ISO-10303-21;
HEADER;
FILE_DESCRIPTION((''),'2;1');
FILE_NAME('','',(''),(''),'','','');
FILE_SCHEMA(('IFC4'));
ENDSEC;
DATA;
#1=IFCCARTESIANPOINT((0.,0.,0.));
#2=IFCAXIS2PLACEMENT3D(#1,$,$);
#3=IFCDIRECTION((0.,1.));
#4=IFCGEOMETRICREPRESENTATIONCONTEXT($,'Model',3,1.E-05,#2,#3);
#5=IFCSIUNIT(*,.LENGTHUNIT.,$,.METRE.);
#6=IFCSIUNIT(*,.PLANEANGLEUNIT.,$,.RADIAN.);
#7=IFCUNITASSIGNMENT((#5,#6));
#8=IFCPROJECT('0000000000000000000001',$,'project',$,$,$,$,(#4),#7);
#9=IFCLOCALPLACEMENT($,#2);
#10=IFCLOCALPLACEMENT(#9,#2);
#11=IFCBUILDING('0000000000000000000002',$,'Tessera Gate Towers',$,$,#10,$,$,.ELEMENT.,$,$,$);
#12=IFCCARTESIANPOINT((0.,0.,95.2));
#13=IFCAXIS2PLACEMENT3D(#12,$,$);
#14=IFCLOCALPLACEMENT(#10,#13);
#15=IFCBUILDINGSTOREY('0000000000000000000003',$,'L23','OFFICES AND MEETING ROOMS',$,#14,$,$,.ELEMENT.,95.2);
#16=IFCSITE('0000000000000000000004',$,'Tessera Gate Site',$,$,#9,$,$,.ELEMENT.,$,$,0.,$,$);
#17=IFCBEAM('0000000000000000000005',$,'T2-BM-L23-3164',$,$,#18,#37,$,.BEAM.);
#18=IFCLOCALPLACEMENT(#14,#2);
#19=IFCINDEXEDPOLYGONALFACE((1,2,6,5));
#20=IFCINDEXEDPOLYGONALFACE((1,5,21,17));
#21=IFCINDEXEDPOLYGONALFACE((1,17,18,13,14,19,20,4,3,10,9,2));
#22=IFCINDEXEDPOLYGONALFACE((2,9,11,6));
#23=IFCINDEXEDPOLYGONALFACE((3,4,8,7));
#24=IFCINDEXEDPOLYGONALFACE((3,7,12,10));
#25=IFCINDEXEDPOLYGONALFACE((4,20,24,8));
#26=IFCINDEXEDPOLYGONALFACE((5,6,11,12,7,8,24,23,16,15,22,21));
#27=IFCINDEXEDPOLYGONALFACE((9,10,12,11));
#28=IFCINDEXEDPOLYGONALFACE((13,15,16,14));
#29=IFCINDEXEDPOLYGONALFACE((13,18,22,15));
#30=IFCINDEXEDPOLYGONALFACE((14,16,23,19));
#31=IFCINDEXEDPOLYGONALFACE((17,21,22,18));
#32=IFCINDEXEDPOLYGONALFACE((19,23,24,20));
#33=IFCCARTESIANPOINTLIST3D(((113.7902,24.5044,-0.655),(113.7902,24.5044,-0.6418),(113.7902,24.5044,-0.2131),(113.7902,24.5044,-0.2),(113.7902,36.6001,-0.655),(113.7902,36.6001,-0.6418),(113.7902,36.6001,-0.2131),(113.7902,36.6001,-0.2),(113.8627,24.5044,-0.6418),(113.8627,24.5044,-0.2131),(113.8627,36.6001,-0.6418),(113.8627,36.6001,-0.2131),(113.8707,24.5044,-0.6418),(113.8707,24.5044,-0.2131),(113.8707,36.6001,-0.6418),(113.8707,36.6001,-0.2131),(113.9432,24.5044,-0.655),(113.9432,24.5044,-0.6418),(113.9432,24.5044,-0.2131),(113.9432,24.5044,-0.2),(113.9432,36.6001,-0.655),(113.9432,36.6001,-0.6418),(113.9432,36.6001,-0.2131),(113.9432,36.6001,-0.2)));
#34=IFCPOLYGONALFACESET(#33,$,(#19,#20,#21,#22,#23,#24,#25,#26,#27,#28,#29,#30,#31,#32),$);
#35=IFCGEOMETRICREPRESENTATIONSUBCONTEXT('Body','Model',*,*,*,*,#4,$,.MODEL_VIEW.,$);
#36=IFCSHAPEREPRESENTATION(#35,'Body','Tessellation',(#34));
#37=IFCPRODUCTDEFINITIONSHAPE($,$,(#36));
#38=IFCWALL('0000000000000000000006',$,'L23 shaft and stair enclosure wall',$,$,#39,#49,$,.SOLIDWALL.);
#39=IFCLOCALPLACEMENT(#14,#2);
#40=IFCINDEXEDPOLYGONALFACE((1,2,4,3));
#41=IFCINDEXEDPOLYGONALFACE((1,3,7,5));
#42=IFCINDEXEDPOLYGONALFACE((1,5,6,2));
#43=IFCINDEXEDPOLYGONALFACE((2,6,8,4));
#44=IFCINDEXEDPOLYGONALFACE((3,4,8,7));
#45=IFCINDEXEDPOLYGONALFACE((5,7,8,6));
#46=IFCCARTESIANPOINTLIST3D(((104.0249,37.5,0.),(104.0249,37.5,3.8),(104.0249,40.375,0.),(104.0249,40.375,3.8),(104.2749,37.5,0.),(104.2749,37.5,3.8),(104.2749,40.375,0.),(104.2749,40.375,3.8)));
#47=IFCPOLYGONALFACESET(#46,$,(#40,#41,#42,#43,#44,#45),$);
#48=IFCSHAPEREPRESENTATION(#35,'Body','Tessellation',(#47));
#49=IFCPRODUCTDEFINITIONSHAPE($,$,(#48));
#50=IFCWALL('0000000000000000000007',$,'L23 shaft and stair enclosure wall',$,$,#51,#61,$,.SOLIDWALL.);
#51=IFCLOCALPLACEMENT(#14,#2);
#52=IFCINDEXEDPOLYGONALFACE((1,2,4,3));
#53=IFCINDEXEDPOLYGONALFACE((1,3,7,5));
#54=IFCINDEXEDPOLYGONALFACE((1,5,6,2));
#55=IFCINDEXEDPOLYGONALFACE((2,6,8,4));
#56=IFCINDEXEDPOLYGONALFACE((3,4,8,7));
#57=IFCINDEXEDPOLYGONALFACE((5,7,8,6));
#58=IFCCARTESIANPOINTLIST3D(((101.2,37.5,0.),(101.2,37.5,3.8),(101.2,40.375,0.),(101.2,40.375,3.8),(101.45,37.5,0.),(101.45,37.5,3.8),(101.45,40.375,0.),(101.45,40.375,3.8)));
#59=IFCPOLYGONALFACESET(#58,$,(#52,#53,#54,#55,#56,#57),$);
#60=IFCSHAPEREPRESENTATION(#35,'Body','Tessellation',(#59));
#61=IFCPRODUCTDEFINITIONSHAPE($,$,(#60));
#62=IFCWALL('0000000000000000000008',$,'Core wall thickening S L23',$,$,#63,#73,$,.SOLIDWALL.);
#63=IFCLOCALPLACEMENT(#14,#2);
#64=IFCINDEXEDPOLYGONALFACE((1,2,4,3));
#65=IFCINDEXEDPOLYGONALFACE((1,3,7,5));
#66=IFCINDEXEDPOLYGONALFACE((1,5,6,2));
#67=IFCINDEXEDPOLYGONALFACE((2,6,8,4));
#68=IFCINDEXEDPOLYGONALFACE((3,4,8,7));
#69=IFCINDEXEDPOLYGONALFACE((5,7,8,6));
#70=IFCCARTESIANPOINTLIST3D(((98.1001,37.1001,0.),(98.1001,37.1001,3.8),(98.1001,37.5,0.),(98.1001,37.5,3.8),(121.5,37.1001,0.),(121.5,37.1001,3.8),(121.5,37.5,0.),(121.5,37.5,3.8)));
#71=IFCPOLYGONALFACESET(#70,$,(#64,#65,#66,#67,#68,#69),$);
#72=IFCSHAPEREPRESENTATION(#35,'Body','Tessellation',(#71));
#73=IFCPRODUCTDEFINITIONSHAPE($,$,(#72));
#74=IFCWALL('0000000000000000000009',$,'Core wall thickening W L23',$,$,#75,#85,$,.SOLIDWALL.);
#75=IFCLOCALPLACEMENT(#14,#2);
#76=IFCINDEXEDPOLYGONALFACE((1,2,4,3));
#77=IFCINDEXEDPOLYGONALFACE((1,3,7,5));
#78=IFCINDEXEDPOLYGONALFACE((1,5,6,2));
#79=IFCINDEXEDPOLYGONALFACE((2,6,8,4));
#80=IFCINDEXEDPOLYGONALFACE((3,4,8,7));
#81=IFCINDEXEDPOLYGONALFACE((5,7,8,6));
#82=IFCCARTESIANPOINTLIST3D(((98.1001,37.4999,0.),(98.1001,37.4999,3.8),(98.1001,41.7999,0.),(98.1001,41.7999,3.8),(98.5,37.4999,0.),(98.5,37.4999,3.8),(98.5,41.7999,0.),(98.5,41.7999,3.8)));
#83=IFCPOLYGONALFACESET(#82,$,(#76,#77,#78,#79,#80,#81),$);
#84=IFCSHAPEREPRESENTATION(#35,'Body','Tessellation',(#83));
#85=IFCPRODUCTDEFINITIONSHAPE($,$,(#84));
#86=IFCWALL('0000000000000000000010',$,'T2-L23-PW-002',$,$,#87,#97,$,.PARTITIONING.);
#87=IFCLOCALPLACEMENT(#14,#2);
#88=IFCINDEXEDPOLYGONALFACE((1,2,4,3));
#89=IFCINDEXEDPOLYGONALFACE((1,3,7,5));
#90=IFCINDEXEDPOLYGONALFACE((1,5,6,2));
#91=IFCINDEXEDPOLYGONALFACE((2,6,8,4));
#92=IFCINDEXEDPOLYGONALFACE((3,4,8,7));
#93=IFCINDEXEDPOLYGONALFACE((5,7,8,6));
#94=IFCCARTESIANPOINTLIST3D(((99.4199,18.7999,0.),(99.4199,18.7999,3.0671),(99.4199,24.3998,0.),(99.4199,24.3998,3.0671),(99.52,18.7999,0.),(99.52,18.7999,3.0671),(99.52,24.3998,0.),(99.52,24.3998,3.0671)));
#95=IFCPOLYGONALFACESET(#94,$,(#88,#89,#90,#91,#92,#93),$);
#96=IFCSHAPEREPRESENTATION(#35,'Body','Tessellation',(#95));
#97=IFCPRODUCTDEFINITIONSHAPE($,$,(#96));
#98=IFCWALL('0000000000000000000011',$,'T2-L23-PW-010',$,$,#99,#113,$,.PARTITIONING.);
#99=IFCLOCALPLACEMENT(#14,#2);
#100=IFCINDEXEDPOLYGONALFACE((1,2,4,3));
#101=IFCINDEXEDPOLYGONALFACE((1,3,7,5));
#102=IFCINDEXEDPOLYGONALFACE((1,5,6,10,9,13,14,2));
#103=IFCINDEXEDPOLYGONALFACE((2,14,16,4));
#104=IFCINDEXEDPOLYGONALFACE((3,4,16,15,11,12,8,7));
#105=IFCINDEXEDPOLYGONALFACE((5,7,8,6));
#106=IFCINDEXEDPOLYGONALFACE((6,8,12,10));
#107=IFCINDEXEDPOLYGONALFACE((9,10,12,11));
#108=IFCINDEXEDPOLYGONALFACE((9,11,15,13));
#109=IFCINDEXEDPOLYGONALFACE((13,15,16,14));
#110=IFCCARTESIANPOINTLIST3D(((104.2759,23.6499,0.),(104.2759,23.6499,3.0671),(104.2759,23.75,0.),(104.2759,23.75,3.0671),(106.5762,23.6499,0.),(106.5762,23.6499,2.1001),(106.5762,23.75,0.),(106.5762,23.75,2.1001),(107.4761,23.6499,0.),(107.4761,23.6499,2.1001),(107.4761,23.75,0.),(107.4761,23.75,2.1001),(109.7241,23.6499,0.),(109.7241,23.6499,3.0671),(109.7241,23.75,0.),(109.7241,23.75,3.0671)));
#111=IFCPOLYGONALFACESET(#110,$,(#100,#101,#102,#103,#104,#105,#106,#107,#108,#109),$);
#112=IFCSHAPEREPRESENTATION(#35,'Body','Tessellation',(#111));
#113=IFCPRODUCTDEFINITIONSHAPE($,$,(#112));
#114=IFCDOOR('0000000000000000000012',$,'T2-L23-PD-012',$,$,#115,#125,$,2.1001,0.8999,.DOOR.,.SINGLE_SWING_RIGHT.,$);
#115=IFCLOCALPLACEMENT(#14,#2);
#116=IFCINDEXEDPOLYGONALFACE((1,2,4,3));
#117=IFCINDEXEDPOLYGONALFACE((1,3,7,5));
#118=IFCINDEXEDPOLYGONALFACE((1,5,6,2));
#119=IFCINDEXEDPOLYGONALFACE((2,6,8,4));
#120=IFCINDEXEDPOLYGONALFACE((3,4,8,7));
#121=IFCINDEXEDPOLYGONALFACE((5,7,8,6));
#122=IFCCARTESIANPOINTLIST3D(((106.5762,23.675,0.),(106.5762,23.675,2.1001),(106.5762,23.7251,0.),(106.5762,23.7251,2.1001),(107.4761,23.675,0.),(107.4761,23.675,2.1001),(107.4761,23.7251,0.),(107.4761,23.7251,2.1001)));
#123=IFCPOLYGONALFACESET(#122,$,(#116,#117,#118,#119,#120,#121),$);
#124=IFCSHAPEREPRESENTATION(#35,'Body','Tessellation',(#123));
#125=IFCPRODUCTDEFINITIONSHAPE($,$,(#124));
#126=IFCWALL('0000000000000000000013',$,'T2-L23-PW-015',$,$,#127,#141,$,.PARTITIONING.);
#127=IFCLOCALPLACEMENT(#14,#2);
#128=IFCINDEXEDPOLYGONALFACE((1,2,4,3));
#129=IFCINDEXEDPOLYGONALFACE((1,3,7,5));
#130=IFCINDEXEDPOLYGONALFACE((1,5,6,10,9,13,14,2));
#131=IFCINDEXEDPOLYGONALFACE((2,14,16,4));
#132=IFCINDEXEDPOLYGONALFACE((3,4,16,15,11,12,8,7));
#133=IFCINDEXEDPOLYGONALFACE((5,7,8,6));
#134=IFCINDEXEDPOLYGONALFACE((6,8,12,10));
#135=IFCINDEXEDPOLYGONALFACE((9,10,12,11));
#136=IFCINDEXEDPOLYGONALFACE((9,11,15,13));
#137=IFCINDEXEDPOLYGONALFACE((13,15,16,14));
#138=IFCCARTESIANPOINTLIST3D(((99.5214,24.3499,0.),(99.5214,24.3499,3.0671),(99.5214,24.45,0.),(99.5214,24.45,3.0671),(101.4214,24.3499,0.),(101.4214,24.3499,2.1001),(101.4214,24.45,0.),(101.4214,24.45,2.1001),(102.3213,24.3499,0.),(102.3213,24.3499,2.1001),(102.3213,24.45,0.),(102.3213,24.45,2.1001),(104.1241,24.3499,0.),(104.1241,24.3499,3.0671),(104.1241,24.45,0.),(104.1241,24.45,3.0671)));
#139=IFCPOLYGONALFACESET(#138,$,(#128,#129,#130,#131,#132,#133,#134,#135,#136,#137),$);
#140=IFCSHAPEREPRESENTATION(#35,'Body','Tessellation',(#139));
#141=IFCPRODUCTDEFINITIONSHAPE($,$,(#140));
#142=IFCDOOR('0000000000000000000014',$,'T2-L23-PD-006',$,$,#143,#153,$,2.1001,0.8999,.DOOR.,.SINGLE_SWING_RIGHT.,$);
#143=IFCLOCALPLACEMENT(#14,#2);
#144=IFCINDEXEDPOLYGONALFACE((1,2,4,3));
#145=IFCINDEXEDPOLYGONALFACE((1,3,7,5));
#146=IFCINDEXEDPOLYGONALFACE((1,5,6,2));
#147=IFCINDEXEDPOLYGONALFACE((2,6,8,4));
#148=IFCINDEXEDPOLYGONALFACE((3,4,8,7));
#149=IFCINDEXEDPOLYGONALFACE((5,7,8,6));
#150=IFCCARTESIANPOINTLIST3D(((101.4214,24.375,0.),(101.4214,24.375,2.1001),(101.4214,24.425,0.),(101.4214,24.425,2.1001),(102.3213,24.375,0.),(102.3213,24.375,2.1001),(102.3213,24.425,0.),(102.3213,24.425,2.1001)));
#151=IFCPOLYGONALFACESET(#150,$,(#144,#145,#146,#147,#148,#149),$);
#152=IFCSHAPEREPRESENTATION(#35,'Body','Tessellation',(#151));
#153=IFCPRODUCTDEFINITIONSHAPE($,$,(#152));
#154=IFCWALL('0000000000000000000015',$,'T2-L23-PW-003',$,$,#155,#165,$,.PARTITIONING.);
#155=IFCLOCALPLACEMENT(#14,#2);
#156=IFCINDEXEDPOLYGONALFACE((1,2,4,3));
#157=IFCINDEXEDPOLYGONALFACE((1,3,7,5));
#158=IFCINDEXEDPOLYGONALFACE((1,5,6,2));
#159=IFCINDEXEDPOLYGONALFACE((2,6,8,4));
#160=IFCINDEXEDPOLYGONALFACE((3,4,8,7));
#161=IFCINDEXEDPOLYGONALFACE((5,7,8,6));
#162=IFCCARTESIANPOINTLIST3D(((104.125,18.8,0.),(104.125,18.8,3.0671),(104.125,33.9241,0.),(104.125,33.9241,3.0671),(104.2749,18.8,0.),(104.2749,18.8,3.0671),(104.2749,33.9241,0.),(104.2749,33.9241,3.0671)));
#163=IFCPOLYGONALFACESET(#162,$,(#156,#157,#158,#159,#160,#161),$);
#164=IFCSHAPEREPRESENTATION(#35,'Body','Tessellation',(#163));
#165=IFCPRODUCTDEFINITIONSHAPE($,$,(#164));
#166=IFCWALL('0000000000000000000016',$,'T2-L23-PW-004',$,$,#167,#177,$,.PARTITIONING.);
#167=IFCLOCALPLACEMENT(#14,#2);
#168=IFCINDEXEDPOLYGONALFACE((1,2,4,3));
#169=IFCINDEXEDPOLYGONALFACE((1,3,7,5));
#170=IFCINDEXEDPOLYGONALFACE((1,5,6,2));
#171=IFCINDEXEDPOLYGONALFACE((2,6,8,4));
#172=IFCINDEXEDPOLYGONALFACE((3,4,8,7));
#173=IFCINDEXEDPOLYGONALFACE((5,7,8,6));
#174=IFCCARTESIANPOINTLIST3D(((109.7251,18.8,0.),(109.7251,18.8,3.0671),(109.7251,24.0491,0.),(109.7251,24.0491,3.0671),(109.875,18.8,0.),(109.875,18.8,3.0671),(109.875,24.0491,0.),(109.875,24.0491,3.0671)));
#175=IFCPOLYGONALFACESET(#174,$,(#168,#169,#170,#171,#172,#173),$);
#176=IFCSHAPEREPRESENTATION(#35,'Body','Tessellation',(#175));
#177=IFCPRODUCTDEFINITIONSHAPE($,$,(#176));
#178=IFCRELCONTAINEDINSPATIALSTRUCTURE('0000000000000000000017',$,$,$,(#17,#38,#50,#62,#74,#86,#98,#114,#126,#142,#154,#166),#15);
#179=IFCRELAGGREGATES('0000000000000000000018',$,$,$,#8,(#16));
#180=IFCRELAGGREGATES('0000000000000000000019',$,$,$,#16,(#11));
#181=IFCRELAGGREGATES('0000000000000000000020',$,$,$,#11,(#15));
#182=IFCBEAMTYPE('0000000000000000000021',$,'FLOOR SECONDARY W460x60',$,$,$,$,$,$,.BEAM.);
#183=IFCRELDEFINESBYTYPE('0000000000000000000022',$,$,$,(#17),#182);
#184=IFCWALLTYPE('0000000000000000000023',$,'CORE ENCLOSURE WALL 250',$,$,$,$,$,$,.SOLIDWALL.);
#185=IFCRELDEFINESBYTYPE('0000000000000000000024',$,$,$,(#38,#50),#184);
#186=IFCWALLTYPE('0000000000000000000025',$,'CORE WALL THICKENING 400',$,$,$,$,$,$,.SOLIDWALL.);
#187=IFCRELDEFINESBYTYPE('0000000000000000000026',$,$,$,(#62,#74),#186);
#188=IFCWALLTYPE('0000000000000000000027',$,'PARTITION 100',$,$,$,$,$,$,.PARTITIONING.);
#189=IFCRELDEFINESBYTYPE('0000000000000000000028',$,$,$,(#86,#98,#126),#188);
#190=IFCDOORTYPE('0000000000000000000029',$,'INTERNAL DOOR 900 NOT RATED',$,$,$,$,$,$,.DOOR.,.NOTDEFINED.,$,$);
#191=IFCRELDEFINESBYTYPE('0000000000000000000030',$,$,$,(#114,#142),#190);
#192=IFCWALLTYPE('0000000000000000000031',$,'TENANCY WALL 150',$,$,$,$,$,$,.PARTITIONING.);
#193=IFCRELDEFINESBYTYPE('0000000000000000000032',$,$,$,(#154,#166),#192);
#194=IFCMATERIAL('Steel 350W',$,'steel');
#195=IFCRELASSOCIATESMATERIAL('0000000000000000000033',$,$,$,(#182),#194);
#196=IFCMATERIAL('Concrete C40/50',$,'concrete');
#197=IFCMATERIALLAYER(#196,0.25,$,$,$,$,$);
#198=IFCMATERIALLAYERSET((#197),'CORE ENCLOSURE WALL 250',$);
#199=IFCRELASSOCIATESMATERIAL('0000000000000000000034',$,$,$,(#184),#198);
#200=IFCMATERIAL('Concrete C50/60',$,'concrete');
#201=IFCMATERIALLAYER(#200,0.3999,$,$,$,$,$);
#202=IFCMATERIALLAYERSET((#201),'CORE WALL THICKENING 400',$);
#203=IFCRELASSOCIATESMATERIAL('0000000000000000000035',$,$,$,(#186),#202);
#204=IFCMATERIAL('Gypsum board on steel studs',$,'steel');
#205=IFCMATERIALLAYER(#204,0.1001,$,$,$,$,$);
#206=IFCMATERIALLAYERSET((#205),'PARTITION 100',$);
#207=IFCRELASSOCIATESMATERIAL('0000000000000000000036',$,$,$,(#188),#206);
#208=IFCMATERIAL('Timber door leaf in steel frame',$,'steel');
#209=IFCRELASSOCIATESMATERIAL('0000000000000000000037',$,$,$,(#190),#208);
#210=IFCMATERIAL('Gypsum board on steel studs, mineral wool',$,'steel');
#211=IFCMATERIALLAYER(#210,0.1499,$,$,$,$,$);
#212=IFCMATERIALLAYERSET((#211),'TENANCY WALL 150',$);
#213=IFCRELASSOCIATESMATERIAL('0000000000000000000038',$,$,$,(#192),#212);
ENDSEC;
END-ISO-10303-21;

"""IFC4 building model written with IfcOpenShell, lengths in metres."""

from ifc_helpers import new_model, si_unit, direction, frame, frame_2d, origin, origin_2d, place, context, subcontext, project, spatial, rectangle, i_section, extrude, source, transform, mapped, material, layer, layer_set, material_profile, profile_set, type_object, element, fill, save


model = new_model("IFC4")

# Units and contexts
model_context = context("Model", 3, precision=1e-05, world=origin(), true_north=direction((0.0, 1.0)))
body_context = subcontext(model_context, "Body", "Model", "MODEL_VIEW")
ifc_project = project(units=[si_unit("LENGTHUNIT", "METRE"), si_unit("PLANEANGLEUNIT", "RADIAN")], contexts=[model_context])

# Site, building, storey
site_placement = place(None, origin())
site = spatial("IfcSite", under=ifc_project, at=site_placement, Name="Tessera Gate Site", CompositionType="ELEMENT", RefElevation=0.0)
building_placement = place(site_placement, origin())
building = spatial("IfcBuilding", under=site, at=building_placement, Name="Tessera Gate Towers", CompositionType="ELEMENT")
storey_placement = place(building_placement, frame((0.0, 0.0, 95.2)))
storey = spatial("IfcBuildingStorey", under=building, at=storey_placement, Name="L23", Description="OFFICES AND MEETING ROOMS", CompositionType="ELEMENT", Elevation=95.2)

# Beam
ifc_material_1 = material(Name="Steel 350W", Category="steel")
ifc_material_profile_1 = material_profile(ifc_material_1, i_section(OverallWidth=0.1531, OverallDepth=0.4551, WebThickness=0.0081, FlangeThickness=0.0132, at=origin_2d()), Name="W460x60")
ifc_profile_set_1 = profile_set([ifc_material_profile_1], Name="Steel 350W")
beam_type_1 = type_object("IfcBeamType", Name="FLOOR SECONDARY W460x60", PredefinedType="BEAM", material=ifc_profile_set_1)
beam_1_placement = place(storey_placement, frame((113.8667, 24.5044, -0.4275), z_axis=(0.0, 1.0, 0.0), x_axis=(-1.0, 0.0, 0.0)))
element("IfcBeam", 1, at=beam_1_placement, inside=storey, type_object=beam_type_1, Name="T2-BM-L23-3164", PredefinedType="BEAM", context=body_context, shape_type="SweptSolid", body=[
    extrude(i_section(OverallWidth=0.1531, OverallDepth=0.4551, WebThickness=0.0081, FlangeThickness=0.0132, at=origin_2d()), origin(), (0.0, 0.0, 1.0), 12.0957),
])

# Walls
ifc_material_2 = material(Name="Concrete C40/50", Category="concrete")
ifc_layer_1 = layer(ifc_material_2, 0.25)
ifc_layer_set_1 = layer_set([ifc_layer_1], Name="CORE ENCLOSURE WALL 250")
wall_type_1 = type_object("IfcWallType", Name="CORE ENCLOSURE WALL 250", PredefinedType="SOLIDWALL", material=ifc_layer_set_1)
for number, where, z_axis, x_axis, name in (
    (2, (104.1499, 37.5, 0.0), (0.0, 0.0, 1.0), (0.0, 1.0, 0.0), "L23 shaft and stair enclosure wall"),
    (3, (101.325, 37.5, 0.0), (0.0, 0.0, 1.0), (0.0, 1.0, 0.0), "L23 shaft and stair enclosure wall"),
):
    element("IfcWall", number, at=place(storey_placement, frame(where, z_axis=z_axis, x_axis=x_axis)), inside=storey, type_object=wall_type_1, Name=name, PredefinedType="SOLIDWALL", context=body_context, shape_type="SweptSolid", body=[
        extrude(rectangle(XDim=2.875, YDim=0.25, at=frame_2d((1.4375, 0.0))), origin(), (0.0, 0.0, 1.0), 3.8),
    ])
ifc_material_3 = material(Name="Concrete C50/60", Category="concrete")
ifc_layer_2 = layer(ifc_material_3, 0.3999)
ifc_layer_set_2 = layer_set([ifc_layer_2], Name="CORE WALL THICKENING 400")
wall_type_2 = type_object("IfcWallType", Name="CORE WALL THICKENING 400", PredefinedType="SOLIDWALL", material=ifc_layer_set_2)
wall_1_placement = place(storey_placement, frame((98.1001, 37.3, 0.0), z_axis=(0.0, 0.0, 1.0), x_axis=(1.0, 0.0, 0.0)))
element("IfcWall", 4, at=wall_1_placement, inside=storey, type_object=wall_type_2, Name="Core wall thickening S L23", PredefinedType="SOLIDWALL", context=body_context, shape_type="SweptSolid", body=[
    extrude(rectangle(XDim=23.3999, YDim=0.3999, at=frame_2d((11.7, 0.0))), origin(), (0.0, 0.0, 1.0), 3.8),
])
wall_2_placement = place(storey_placement, frame((98.3, 37.5, 0.0), z_axis=(0.0, 0.0, 1.0), x_axis=(0.0, 1.0, 0.0)))
element("IfcWall", 5, at=wall_2_placement, inside=storey, type_object=wall_type_2, Name="Core wall thickening W L23", PredefinedType="SOLIDWALL", context=body_context, shape_type="SweptSolid", body=[
    extrude(rectangle(XDim=4.3, YDim=0.3999, at=frame_2d((2.1499, 0.0))), origin(), (0.0, 0.0, 1.0), 3.8),
])
ifc_material_4 = material(Name="Gypsum board on steel studs", Category="steel")
ifc_layer_3 = layer(ifc_material_4, 0.1001)
ifc_layer_set_3 = layer_set([ifc_layer_3], Name="PARTITION 100")
wall_type_3 = type_object("IfcWallType", Name="PARTITION 100", PredefinedType="PARTITIONING", material=ifc_layer_set_3)
wall_3_placement = place(storey_placement, frame((99.47, 18.8, 0.0), z_axis=(0.0, 0.0, 1.0), x_axis=(0.0, 1.0, 0.0)))
element("IfcWall", 6, at=wall_3_placement, inside=storey, type_object=wall_type_3, Name="T2-L23-PW-002", PredefinedType="PARTITIONING", context=body_context, shape_type="SweptSolid", body=[
    extrude(rectangle(XDim=5.5999, YDim=0.1001, at=frame_2d((2.7998, 0.0))), origin(), (0.0, 0.0, 1.0), 3.0671),
])

# Walls, openings, doors
wall_4_placement = place(storey_placement, frame((109.7241, 23.7, 0.0), z_axis=(0.0, 0.0, 1.0), x_axis=(-1.0, 0.0, 0.0)))
wall_4 = element("IfcWall", 7, at=wall_4_placement, inside=storey, type_object=wall_type_3, Name="T2-L23-PW-010", PredefinedType="PARTITIONING", context=body_context, shape_type="SweptSolid", body=[
    extrude(rectangle(XDim=5.4482, YDim=0.1001, at=frame_2d((2.7241, 0.0))), origin(), (0.0, 0.0, 1.0), 3.0671),
])
shared_shape_1 = source(origin(), body_context, "Body", "SweptSolid", [
    extrude(rectangle(XDim=0.8999, YDim=2.1001, at=frame_2d((0.45, 1.05))), frame((0.0, 0.0601, 0.0), z_axis=(0.0, -1.0, 0.0), x_axis=(1.0, 0.0, 0.0)), (0.0, 0.0, 1.0), 0.1201),
])
opening_1_placement = place(wall_4_placement, frame((2.248, 0.0, 0.0)))
opening_1 = element("IfcOpeningElement", 8, at=opening_1_placement, cuts=wall_4, PredefinedType="OPENING", context=body_context, shape_type="MappedRepresentation", body=[
    mapped(shared_shape_1, transform((0.0, 0.0, 0.0), scale=1.0)),
])
ifc_material_5 = material(Name="Timber door leaf in steel frame", Category="steel")
door_type = type_object("IfcDoorType", Name="INTERNAL DOOR 900 NOT RATED", OperationType="NOTDEFINED", PredefinedType="DOOR", material=ifc_material_5)
shared_shape_2 = source(origin(), body_context, "Body", "SweptSolid", [
    extrude(rectangle(XDim=0.8999, YDim=2.1001, at=frame_2d((0.45, 1.05))), frame((0.0, 0.0249, 0.0), z_axis=(0.0, -1.0, 0.0), x_axis=(1.0, 0.0, 0.0)), (0.0, 0.0, 1.0), 0.05),
])
door_1_placement = place(opening_1_placement, origin())
door_1 = element("IfcDoor", 9, at=door_1_placement, inside=storey, type_object=door_type, Name="T2-L23-PD-012", OperationType="SINGLE_SWING_RIGHT", OverallHeight=2.1001, OverallWidth=0.8999, PredefinedType="DOOR", context=body_context, shape_type="MappedRepresentation", body=[
    mapped(shared_shape_2, transform((0.0, 0.0, 0.0), scale=1.0)),
])
fill(opening_1, door_1)
wall_5_placement = place(storey_placement, frame((104.124, 24.3999, 0.0), z_axis=(0.0, 0.0, 1.0), x_axis=(-1.0, 0.0, 0.0)))
wall_5 = element("IfcWall", 10, at=wall_5_placement, inside=storey, type_object=wall_type_3, Name="T2-L23-PW-015", PredefinedType="PARTITIONING", context=body_context, shape_type="SweptSolid", body=[
    extrude(rectangle(XDim=4.6028, YDim=0.1001, at=frame_2d((2.3013, 0.0))), origin(), (0.0, 0.0, 1.0), 3.0671),
])
opening_2_placement = place(wall_5_placement, frame((1.8027, 0.0, 0.0)))
opening_2 = element("IfcOpeningElement", 11, at=opening_2_placement, cuts=wall_5, PredefinedType="OPENING", context=body_context, shape_type="MappedRepresentation", body=[
    mapped(shared_shape_1, transform((0.0, 0.0, 0.0), scale=1.0)),
])
door_2_placement = place(opening_2_placement, origin())
door_2 = element("IfcDoor", 12, at=door_2_placement, inside=storey, type_object=door_type, Name="T2-L23-PD-006", OperationType="SINGLE_SWING_RIGHT", OverallHeight=2.1001, OverallWidth=0.8999, PredefinedType="DOOR", context=body_context, shape_type="MappedRepresentation", body=[
    mapped(shared_shape_2, transform((0.0, 0.0, 0.0), scale=1.0)),
])
fill(opening_2, door_2)

# Walls
ifc_material_6 = material(Name="Gypsum board on steel studs, mineral wool", Category="steel")
ifc_layer_4 = layer(ifc_material_6, 0.1499)
ifc_layer_set_4 = layer_set([ifc_layer_4], Name="TENANCY WALL 150")
wall_type_4 = type_object("IfcWallType", Name="TENANCY WALL 150", PredefinedType="PARTITIONING", material=ifc_layer_set_4)
wall_6_placement = place(storey_placement, frame((104.2, 18.8, 0.0), z_axis=(0.0, 0.0, 1.0), x_axis=(0.0, 1.0, 0.0)))
element("IfcWall", 13, at=wall_6_placement, inside=storey, type_object=wall_type_4, Name="T2-L23-PW-003", PredefinedType="PARTITIONING", context=body_context, shape_type="SweptSolid", body=[
    extrude(rectangle(XDim=15.124, YDim=0.1499, at=frame_2d((7.562, 0.0))), origin(), (0.0, 0.0, 1.0), 3.0671),
])
wall_7_placement = place(storey_placement, frame((109.8, 18.8, 0.0), z_axis=(0.0, 0.0, 1.0), x_axis=(0.0, 1.0, 0.0)))
element("IfcWall", 14, at=wall_7_placement, inside=storey, type_object=wall_type_4, Name="T2-L23-PW-004", PredefinedType="PARTITIONING", context=body_context, shape_type="SweptSolid", body=[
    extrude(rectangle(XDim=5.249, YDim=0.1499, at=frame_2d((2.6245, 0.0))), origin(), (0.0, 0.0, 1.0), 3.0671),
])

save(model, "model.ifc")
